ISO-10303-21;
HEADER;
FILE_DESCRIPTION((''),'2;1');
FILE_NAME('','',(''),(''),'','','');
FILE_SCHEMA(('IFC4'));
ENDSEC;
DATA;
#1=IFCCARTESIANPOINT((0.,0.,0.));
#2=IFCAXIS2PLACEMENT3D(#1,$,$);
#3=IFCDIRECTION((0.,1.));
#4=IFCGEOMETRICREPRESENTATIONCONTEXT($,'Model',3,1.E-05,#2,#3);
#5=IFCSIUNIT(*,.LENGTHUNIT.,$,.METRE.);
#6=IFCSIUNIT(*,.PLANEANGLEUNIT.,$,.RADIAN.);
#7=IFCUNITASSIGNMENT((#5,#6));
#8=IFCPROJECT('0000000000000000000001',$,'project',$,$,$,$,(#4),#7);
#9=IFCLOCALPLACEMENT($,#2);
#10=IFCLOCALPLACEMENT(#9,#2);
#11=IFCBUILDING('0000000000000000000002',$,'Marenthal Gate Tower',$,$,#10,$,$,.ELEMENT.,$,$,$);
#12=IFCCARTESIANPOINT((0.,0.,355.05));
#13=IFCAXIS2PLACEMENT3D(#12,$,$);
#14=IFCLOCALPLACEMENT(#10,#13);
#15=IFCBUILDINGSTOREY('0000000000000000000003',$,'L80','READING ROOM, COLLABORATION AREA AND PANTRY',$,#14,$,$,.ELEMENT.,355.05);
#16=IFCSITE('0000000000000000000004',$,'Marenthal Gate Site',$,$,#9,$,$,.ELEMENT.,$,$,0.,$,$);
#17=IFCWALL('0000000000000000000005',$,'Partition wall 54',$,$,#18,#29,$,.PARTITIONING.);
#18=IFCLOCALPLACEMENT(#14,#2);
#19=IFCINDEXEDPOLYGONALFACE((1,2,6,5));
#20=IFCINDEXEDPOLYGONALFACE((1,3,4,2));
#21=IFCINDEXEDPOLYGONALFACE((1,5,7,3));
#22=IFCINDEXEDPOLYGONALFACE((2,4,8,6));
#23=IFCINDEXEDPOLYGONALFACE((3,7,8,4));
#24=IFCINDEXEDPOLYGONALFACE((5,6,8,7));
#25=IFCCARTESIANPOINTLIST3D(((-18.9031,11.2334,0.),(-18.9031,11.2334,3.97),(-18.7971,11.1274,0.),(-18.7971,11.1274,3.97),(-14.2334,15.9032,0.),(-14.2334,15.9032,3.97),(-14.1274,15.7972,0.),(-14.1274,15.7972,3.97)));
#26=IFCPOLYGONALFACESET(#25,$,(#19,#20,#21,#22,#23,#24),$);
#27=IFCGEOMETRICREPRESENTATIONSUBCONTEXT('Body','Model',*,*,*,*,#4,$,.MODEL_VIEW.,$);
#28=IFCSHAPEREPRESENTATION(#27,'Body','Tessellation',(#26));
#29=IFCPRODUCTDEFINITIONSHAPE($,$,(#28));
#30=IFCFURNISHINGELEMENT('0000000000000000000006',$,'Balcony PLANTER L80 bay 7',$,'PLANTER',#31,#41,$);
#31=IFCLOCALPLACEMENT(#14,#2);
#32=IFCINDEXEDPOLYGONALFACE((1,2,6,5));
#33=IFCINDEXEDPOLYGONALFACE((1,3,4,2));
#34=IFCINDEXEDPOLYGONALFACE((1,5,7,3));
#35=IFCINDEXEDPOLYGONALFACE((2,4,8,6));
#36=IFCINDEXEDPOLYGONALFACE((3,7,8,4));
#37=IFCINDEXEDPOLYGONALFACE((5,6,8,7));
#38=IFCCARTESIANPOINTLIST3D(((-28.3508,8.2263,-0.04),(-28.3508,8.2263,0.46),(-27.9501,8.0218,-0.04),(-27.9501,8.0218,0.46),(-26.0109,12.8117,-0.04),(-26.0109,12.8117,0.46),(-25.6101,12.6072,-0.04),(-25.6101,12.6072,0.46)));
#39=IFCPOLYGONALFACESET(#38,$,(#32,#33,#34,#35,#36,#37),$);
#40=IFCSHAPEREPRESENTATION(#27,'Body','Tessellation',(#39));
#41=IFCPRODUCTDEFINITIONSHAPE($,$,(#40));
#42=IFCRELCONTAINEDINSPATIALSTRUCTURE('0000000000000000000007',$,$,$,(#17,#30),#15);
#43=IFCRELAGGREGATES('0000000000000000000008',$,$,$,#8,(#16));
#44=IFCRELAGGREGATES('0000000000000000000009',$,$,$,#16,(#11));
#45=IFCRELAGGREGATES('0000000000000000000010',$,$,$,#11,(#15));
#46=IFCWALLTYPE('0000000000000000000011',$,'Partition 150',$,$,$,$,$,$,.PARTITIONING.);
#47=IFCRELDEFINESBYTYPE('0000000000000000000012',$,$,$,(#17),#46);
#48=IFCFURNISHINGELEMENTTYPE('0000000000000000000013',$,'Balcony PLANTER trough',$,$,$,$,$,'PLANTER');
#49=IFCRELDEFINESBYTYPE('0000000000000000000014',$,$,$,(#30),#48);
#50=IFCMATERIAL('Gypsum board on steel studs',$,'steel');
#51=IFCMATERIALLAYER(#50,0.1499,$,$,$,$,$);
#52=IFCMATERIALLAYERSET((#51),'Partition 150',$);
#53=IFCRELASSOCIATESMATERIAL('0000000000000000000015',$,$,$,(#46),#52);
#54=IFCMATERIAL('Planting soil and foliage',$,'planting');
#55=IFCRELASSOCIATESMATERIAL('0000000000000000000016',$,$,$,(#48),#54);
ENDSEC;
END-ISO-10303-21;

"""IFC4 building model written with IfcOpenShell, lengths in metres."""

from ifc_helpers import new_model, si_unit, direction, frame, frame_2d, origin, origin_2d, place, context, subcontext, project, spatial, rectangle, extrude, material, layer, layer_set, type_object, element, save


model = new_model("IFC4")

# Units and contexts
model_context = context("Model", 3, precision=1e-05, world=origin(), true_north=direction((0.0, 1.0)))
body_context = subcontext(model_context, "Body", "Model", "MODEL_VIEW")
ifc_project = project(units=[si_unit("LENGTHUNIT", "METRE"), si_unit("PLANEANGLEUNIT", "RADIAN")], contexts=[model_context])

# Site, building, storey
site_placement = place(None, origin())
site = spatial("IfcSite", under=ifc_project, at=site_placement, Name="Marenthal Gate Site", CompositionType="ELEMENT", RefElevation=0.0)
building_placement = place(site_placement, origin())
building = spatial("IfcBuilding", under=site, at=building_placement, Name="Marenthal Gate Tower", CompositionType="ELEMENT")
storey_placement = place(building_placement, frame((0.0, 0.0, 355.05)))
storey = spatial("IfcBuildingStorey", under=building, at=storey_placement, Name="L80", Description="READING ROOM, COLLABORATION AREA AND PANTRY", CompositionType="ELEMENT", Elevation=355.05)

# Wall
ifc_material_1 = material(Name="Gypsum board on steel studs", Category="steel")
ifc_layer_1 = layer(ifc_material_1, 0.1499)
ifc_layer_set_1 = layer_set([ifc_layer_1], Name="Partition 150")
wall_type_1 = type_object("IfcWallType", Name="Partition 150", PredefinedType="PARTITIONING", material=ifc_layer_set_1)
wall_1_placement = place(storey_placement, frame((-18.8501, 11.1804, 0.0), z_axis=(0.0, 0.0, 1.0), x_axis=(0.707107, 0.707107, 0.0)))
element("IfcWall", 1, at=wall_1_placement, inside=storey, type_object=wall_type_1, Name="Partition wall 54", PredefinedType="PARTITIONING", context=body_context, shape_type="SweptSolid", body=[
    extrude(rectangle(XDim=6.604, YDim=0.1499, at=frame_2d((3.302, 0.0))), origin(), (0.0, 0.0, 1.0), 3.97),
])

# Furnishing element
ifc_material_2 = material(Name="Planting soil and foliage", Category="planting")
furnishing_element_type = type_object("IfcFurnishingElementType", Name="Balcony PLANTER trough", ElementType="PLANTER", material=ifc_material_2)
furnishing_placement = place(storey_placement, frame((-26.9805, 10.4167, -0.04), z_axis=(0.0, 0.0, 1.0), x_axis=(-0.454546, -0.890723, 0.0)))
element("IfcFurnishingElement", 2, at=furnishing_placement, inside=storey, type_object=furnishing_element_type, Name="Balcony PLANTER L80 bay 7", ObjectType="PLANTER", context=body_context, shape_type="SweptSolid", body=[
    extrude(rectangle(XDim=5.1479, YDim=0.45, at=origin_2d()), origin(), (0.0, 0.0, 1.0), 0.5),
])

save(model, "model.ifc")
